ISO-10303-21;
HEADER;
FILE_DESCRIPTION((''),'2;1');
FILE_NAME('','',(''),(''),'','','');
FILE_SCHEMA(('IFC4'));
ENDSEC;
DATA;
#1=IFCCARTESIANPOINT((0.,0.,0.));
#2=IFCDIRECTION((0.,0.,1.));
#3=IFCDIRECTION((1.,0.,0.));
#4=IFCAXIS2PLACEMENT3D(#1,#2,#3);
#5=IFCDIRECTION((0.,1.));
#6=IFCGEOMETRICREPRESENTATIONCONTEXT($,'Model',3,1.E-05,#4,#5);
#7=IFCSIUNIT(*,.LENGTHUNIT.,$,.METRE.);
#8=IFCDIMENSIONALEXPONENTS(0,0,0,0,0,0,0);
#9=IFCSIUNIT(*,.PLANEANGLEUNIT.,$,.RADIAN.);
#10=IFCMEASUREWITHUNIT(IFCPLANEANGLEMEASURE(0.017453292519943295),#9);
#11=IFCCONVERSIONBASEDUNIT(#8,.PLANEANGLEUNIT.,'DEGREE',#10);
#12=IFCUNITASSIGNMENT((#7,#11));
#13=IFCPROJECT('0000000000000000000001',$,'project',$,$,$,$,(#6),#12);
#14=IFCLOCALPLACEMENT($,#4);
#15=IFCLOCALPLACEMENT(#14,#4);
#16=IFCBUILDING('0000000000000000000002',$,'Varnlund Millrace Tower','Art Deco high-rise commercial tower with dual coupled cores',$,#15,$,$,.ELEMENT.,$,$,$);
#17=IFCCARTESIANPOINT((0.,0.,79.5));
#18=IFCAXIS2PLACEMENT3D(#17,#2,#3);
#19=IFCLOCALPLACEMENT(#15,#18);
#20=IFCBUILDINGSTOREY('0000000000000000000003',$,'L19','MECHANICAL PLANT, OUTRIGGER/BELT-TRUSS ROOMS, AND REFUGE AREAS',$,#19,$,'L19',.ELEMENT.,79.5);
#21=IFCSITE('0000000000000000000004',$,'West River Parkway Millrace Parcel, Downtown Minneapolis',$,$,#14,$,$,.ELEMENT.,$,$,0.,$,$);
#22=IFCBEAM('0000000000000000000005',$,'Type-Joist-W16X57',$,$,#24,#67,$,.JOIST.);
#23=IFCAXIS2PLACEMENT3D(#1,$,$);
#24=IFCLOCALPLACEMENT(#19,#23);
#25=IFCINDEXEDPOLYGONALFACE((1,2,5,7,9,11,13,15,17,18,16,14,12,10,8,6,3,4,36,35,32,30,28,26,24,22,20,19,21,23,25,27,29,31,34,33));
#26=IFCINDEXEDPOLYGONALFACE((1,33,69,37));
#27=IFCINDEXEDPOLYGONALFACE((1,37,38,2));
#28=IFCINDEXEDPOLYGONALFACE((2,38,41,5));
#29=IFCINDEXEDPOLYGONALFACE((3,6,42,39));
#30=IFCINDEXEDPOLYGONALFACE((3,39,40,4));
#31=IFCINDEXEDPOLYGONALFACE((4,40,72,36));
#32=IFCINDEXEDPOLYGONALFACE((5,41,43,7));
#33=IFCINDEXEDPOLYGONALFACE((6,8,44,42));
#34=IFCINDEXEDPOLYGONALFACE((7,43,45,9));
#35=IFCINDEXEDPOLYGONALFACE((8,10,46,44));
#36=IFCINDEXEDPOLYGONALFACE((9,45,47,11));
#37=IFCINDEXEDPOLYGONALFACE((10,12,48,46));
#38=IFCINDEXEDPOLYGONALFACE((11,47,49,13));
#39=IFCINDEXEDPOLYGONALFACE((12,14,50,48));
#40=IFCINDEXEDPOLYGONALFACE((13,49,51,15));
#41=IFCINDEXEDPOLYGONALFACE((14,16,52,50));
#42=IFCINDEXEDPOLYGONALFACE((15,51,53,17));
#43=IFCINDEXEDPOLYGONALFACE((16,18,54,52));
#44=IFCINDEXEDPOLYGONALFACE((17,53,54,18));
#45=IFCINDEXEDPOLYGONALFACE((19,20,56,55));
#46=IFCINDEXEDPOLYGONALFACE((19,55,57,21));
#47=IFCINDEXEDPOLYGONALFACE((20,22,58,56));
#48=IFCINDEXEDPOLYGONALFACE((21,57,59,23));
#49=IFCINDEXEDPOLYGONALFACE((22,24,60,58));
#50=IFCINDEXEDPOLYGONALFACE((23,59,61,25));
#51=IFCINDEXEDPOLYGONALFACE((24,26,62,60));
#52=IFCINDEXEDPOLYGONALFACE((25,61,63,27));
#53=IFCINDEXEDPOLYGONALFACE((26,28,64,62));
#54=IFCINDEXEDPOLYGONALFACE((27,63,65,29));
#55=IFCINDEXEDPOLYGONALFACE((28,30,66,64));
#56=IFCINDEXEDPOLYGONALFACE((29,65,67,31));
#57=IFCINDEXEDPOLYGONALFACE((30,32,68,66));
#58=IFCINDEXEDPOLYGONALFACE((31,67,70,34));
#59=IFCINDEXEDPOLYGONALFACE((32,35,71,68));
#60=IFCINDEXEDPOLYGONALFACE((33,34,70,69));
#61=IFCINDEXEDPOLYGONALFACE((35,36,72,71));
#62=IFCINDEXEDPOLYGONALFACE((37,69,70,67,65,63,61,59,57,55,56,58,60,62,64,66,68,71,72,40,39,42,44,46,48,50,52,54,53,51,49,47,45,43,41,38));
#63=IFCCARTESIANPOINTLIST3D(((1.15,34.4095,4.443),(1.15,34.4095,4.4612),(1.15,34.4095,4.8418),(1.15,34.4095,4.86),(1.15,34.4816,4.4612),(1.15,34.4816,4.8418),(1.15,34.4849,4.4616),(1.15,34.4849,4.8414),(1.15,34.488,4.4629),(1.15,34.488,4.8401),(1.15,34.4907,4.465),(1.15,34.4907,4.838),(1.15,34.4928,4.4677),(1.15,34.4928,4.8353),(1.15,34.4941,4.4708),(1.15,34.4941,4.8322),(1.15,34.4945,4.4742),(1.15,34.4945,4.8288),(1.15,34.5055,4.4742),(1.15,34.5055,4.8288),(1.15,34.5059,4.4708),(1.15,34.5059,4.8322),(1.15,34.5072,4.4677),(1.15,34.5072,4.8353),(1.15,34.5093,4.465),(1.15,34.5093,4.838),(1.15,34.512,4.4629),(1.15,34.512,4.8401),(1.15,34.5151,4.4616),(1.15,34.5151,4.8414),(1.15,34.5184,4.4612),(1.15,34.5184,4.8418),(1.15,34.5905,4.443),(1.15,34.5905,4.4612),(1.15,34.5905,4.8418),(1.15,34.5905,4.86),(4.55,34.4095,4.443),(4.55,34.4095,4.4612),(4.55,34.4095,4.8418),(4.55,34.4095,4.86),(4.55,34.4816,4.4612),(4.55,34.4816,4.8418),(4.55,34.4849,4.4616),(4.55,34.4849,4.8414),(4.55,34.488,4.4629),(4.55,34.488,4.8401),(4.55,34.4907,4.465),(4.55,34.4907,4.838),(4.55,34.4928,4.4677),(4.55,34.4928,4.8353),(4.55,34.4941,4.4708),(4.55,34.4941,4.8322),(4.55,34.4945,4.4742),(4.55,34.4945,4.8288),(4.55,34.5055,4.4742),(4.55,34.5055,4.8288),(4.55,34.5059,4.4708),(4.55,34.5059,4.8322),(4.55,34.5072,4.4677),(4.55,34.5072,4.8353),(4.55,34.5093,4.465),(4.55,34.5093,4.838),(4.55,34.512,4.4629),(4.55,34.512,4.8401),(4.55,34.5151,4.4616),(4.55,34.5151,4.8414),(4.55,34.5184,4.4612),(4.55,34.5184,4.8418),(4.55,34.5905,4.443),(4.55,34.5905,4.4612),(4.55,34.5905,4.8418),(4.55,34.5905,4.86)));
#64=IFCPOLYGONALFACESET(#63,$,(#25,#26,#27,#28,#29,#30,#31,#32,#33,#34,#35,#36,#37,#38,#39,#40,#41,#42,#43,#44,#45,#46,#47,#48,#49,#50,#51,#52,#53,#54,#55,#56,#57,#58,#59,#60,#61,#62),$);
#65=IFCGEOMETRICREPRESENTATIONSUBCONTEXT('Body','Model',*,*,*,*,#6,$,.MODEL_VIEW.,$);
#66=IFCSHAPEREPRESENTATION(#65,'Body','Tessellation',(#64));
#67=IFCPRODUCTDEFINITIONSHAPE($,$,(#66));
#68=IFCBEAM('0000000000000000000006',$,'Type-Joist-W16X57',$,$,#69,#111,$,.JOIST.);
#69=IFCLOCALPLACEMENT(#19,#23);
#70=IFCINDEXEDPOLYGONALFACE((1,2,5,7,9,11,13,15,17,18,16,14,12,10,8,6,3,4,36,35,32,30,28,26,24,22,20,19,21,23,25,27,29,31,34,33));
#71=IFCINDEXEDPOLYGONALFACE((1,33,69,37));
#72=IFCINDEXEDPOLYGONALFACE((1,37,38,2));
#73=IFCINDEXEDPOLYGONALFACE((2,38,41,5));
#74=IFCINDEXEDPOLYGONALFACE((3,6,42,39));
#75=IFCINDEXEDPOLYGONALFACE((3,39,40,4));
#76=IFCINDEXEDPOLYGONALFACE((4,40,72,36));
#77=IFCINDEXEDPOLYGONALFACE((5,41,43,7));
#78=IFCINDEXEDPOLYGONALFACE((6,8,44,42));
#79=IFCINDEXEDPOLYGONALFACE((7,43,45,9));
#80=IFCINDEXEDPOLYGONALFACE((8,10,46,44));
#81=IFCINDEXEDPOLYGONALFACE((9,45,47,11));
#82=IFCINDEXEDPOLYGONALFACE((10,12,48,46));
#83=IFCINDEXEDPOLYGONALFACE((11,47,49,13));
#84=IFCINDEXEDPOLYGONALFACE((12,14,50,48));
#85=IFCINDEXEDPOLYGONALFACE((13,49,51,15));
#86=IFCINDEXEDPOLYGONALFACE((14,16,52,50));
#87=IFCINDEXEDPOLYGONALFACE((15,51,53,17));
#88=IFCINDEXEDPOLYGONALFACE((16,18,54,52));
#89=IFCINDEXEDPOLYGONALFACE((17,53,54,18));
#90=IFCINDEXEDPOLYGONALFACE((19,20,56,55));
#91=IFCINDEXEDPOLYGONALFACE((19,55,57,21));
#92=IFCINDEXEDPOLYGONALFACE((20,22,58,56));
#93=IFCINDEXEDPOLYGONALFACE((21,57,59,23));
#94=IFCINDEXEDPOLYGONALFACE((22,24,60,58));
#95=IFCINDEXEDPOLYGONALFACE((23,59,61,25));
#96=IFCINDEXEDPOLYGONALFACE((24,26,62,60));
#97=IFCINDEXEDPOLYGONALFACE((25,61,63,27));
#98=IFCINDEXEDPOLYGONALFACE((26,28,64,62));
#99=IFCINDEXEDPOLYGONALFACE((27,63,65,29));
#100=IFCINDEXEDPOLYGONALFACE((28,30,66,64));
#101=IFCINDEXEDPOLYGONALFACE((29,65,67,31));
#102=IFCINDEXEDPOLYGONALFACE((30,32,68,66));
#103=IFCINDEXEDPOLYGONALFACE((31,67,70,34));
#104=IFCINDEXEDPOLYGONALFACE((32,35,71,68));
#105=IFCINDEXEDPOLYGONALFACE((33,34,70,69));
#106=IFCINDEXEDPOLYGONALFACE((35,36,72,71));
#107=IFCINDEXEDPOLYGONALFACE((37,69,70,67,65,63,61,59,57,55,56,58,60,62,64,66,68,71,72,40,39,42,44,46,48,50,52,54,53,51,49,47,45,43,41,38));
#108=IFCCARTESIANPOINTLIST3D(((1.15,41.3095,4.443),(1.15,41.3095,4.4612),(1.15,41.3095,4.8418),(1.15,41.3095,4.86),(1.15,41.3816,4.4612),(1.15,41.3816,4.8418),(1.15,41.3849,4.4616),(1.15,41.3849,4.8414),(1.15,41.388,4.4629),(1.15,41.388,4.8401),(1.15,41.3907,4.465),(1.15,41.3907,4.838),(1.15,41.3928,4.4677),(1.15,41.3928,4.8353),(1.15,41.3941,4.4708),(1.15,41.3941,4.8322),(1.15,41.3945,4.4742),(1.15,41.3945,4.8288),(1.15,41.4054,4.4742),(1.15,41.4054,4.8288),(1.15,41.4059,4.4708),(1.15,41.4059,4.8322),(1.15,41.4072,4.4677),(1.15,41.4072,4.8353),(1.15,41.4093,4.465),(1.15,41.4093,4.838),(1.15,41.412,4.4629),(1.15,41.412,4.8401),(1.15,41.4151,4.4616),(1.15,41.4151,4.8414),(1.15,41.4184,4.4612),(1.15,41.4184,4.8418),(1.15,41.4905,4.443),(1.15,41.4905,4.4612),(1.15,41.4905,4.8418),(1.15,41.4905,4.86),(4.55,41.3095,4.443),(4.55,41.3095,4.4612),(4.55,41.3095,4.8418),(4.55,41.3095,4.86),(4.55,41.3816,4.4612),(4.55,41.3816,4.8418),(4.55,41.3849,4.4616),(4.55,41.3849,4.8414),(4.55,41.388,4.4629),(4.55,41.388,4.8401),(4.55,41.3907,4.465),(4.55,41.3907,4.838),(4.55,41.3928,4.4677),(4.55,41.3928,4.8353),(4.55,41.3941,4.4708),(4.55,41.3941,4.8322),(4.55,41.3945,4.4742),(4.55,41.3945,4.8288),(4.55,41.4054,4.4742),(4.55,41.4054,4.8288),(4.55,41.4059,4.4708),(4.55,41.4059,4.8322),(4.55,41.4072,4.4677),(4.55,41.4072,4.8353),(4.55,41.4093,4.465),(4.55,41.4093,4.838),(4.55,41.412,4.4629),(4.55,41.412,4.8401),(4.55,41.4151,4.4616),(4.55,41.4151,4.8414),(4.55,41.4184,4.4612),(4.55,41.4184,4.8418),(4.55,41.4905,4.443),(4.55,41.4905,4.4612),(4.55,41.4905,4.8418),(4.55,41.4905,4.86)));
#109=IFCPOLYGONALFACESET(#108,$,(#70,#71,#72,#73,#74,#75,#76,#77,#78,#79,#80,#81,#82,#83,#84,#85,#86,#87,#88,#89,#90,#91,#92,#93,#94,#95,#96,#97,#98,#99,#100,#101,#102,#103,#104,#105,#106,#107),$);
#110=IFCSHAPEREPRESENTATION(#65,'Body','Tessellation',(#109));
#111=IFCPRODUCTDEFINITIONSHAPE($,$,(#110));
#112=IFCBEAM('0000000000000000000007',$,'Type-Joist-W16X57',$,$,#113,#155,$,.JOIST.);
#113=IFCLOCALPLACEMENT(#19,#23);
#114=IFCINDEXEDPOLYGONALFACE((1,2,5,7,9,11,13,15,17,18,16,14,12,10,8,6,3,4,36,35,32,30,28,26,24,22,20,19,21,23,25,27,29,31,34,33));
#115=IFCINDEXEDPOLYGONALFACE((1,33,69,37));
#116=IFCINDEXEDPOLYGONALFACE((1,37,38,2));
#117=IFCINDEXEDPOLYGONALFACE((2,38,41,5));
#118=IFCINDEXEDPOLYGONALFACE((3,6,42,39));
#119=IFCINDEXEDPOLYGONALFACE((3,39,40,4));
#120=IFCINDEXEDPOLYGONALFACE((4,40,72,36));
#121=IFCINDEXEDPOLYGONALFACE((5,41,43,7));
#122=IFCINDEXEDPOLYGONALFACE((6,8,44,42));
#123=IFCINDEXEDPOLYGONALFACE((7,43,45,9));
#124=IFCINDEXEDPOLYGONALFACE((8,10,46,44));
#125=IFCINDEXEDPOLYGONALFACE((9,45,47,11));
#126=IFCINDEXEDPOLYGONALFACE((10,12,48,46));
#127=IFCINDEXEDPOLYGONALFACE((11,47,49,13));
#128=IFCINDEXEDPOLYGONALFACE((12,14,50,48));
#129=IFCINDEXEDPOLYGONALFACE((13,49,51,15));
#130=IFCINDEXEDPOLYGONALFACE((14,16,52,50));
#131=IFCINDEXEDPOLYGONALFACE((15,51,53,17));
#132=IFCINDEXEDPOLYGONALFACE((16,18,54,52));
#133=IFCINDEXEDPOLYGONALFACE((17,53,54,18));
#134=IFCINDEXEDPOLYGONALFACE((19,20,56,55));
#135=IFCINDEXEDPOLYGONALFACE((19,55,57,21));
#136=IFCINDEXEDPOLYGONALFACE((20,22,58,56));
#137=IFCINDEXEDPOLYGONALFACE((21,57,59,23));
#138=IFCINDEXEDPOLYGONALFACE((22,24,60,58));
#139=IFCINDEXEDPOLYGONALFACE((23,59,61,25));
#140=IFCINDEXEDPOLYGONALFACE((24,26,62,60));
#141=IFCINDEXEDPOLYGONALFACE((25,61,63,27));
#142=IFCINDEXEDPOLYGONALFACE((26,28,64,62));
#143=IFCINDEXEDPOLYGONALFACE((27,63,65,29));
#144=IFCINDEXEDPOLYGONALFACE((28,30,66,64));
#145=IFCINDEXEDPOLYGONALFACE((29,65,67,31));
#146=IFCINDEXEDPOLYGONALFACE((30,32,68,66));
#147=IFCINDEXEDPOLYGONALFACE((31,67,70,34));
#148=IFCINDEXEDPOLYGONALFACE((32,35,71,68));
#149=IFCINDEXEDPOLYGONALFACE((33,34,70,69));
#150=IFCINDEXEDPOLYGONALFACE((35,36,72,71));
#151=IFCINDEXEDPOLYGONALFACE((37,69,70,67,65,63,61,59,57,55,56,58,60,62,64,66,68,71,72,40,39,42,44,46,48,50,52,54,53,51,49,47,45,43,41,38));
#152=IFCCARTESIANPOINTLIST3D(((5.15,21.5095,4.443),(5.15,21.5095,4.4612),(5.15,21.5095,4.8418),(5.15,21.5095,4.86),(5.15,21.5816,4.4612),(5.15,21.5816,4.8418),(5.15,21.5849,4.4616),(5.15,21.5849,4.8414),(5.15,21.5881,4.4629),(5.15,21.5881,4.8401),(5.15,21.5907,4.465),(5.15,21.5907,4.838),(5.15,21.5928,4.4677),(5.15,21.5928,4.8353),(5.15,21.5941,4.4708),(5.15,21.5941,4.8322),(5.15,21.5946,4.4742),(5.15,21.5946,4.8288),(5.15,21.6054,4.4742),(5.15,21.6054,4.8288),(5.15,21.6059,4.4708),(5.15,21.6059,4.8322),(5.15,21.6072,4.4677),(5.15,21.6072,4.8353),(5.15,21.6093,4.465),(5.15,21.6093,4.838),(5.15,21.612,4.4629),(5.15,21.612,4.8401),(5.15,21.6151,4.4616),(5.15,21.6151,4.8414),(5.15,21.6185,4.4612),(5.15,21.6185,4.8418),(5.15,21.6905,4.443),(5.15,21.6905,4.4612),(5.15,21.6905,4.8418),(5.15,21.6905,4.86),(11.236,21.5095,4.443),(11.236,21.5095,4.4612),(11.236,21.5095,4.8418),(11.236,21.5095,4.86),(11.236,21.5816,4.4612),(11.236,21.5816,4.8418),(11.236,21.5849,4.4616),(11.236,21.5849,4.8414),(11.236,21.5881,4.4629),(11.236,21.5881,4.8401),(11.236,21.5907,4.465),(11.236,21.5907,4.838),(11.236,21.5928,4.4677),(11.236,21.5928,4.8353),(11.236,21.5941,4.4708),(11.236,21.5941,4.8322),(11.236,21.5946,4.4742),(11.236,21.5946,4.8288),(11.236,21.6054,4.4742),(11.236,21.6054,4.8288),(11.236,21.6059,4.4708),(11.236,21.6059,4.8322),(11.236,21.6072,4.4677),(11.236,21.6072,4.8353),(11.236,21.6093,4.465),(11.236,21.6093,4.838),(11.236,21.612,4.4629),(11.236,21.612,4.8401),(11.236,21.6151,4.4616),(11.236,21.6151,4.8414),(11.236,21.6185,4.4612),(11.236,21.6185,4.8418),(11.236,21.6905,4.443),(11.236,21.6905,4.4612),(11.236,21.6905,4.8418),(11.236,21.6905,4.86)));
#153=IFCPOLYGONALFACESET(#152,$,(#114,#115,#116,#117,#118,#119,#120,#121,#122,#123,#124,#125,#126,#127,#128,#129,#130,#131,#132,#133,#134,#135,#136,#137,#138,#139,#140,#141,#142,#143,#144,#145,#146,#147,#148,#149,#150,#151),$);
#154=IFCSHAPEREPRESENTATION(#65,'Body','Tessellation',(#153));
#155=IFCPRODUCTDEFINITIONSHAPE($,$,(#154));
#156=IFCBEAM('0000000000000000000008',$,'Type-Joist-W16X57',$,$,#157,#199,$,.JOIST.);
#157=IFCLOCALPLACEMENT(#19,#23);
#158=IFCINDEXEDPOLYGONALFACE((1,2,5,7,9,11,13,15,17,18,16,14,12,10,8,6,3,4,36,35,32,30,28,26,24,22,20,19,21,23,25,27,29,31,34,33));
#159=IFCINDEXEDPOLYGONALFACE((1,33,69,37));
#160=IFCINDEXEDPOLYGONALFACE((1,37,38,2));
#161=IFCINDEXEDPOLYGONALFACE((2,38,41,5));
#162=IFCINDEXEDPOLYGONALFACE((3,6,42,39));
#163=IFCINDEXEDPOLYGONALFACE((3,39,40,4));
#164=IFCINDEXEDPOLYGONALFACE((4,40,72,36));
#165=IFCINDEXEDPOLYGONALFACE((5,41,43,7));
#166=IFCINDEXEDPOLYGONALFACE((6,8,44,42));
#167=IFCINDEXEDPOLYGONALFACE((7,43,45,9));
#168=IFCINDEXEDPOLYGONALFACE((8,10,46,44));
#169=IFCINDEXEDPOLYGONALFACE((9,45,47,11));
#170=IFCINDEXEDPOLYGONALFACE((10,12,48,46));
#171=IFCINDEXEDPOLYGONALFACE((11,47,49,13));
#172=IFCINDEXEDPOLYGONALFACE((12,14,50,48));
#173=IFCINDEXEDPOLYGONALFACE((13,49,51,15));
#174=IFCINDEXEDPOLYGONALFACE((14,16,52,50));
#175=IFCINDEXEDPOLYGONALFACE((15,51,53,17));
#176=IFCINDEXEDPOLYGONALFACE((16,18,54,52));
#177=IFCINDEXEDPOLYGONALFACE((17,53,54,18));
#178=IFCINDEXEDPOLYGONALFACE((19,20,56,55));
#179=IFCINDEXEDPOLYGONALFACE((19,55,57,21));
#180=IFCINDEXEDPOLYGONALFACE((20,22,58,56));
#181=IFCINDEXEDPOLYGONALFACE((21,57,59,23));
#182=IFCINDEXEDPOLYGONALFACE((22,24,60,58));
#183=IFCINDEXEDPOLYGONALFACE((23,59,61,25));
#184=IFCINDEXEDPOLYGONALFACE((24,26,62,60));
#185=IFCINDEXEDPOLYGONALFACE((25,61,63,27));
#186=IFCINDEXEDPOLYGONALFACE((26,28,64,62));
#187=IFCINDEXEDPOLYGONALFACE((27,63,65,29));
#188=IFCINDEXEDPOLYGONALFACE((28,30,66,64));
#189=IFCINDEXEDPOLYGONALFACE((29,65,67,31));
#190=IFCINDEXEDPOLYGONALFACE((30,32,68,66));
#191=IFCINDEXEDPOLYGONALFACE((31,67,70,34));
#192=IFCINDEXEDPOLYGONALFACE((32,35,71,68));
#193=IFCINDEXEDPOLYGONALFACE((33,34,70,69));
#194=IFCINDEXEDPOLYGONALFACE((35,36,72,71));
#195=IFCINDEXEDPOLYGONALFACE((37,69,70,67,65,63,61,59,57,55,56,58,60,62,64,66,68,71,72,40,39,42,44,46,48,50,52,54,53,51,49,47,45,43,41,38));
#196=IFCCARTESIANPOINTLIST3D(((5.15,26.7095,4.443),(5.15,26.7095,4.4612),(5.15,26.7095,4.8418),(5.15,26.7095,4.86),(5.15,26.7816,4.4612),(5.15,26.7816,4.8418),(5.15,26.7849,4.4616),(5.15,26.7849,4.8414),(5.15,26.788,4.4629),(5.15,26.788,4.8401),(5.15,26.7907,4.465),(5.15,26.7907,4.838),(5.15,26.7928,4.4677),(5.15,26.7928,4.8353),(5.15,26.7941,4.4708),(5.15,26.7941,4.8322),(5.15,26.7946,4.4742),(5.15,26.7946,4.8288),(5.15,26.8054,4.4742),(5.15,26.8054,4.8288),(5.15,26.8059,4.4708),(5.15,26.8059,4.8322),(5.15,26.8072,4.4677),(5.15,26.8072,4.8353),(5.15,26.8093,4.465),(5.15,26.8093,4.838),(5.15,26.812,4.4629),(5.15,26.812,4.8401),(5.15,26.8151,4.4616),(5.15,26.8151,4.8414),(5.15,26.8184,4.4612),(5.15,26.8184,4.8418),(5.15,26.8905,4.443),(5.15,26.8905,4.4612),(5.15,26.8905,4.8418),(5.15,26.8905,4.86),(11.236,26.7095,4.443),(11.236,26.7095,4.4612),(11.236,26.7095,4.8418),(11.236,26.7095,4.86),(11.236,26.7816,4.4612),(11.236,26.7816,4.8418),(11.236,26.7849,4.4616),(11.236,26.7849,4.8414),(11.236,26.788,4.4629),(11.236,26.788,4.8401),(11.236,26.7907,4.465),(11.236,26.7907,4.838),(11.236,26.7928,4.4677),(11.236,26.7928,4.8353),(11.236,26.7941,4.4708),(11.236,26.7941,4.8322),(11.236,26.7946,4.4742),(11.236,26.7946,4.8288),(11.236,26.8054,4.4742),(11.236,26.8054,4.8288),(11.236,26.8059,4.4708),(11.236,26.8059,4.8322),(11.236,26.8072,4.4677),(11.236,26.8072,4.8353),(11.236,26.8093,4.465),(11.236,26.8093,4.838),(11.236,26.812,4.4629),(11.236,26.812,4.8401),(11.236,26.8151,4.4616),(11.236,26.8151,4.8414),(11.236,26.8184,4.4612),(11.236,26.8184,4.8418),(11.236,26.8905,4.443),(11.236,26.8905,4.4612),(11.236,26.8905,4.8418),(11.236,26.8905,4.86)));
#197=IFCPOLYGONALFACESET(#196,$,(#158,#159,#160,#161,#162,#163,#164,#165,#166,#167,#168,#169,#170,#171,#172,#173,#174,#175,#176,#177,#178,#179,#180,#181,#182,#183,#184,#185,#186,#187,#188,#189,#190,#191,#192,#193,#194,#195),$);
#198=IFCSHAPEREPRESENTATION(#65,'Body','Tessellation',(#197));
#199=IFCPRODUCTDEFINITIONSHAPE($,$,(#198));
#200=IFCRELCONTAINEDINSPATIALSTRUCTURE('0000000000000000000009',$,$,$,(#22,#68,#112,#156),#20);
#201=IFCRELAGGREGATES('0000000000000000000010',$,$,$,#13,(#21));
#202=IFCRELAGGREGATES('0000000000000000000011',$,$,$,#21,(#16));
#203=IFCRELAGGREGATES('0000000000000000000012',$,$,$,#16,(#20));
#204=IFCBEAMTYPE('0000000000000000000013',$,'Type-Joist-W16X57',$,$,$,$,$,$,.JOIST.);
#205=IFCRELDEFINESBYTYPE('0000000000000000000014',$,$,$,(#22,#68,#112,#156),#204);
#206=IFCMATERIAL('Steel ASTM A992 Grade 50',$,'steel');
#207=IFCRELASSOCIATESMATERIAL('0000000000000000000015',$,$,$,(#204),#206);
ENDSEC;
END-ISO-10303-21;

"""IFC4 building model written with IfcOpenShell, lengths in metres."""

from ifc_helpers import new_model, entity, si_unit, converted_unit, direction, frame, origin_with_axes, origin_2d_with_axis, place, context, subcontext, project, spatial, i_section, extrude, material, material_profile, profile_set, type_object, element, save


model = new_model("IFC4")

# Units and contexts
model_context = context("Model", 3, precision=1e-05, world=origin_with_axes(), true_north=direction((0.0, 1.0)))
body_context = subcontext(model_context, "Body", "Model", "MODEL_VIEW")
ifc_project = project(units=[si_unit("LENGTHUNIT", "METRE"), converted_unit("PLANEANGLEUNIT", "DEGREE", entity("IfcPlaneAngleMeasure", 0.017453292519943295), si_unit("PLANEANGLEUNIT", "RADIAN"), dimensions=[0, 0, 0, 0, 0, 0, 0])], contexts=[model_context])

# Site, building, storey
site_placement = place(None, origin_with_axes())
site = spatial("IfcSite", under=ifc_project, at=site_placement, Name="West River Parkway Millrace Parcel, Downtown Minneapolis", CompositionType="ELEMENT", RefElevation=0.0)
building_placement = place(site_placement, origin_with_axes())
building = spatial("IfcBuilding", under=site, at=building_placement, Name="Varnlund Millrace Tower", Description="Art Deco high-rise commercial tower with dual coupled cores", CompositionType="ELEMENT")
storey_placement = place(building_placement, frame((0.0, 0.0, 79.5), z_axis=(0.0, 0.0, 1.0), x_axis=(1.0, 0.0, 0.0)))
storey = spatial("IfcBuildingStorey", under=building, at=storey_placement, Name="L19", Description="MECHANICAL PLANT, OUTRIGGER/BELT-TRUSS ROOMS, AND REFUGE AREAS", LongName="L19", CompositionType="ELEMENT", Elevation=79.5)

# Beams
ifc_material_1 = material(Name="Steel ASTM A992 Grade 50", Category="steel")
ifc_material_profile_1 = material_profile(ifc_material_1, i_section(OverallWidth=0.181, OverallDepth=0.417, WebThickness=0.0109, FlangeThickness=0.0182, FilletRadius=0.013, at=origin_2d_with_axis()), Name="Steel ASTM A992 Grade 50")
ifc_profile_set_1 = profile_set([ifc_material_profile_1], Name="Steel ASTM A992 Grade 50")
beam_type_1 = type_object("IfcBeamType", Name="Type-Joist-W16X57", PredefinedType="JOIST", material=ifc_profile_set_1)
for number, where, z_axis, x_axis, name in (
    (1, (1.15, 34.5, 4.6515), (1.0, 0.0, 0.0), (0.0, 1.0, 0.0), "Type-Joist-W16X57"),
    (2, (1.15, 41.4, 4.6515), (1.0, 0.0, 0.0), (0.0, 1.0, 0.0), "Type-Joist-W16X57"),
):
    element("IfcBeam", number, at=place(storey_placement, frame(where, z_axis=z_axis, x_axis=x_axis)), inside=storey, type_object=beam_type_1, Name=name, PredefinedType="JOIST", context=body_context, shape_type="SweptSolid", body=[
        extrude(i_section(OverallWidth=0.181, OverallDepth=0.417, WebThickness=0.0109, FlangeThickness=0.0182, FilletRadius=0.013, at=origin_2d_with_axis()), origin_with_axes(), (0.0, 0.0, 1.0), 3.4),
    ])
for number, where, z_axis, x_axis, name in (
    (3, (5.15, 21.6, 4.6515), (1.0, 0.0, 0.0), (0.0, 1.0, 0.0), "Type-Joist-W16X57"),
    (4, (5.15, 26.8, 4.6515), (1.0, 0.0, 0.0), (0.0, 1.0, 0.0), "Type-Joist-W16X57"),
):
    element("IfcBeam", number, at=place(storey_placement, frame(where, z_axis=z_axis, x_axis=x_axis)), inside=storey, type_object=beam_type_1, Name=name, PredefinedType="JOIST", context=body_context, shape_type="SweptSolid", body=[
        extrude(i_section(OverallWidth=0.181, OverallDepth=0.417, WebThickness=0.0109, FlangeThickness=0.0182, FilletRadius=0.013, at=origin_2d_with_axis()), origin_with_axes(), (0.0, 0.0, 1.0), 6.086),
    ])

save(model, "model.ifc")
